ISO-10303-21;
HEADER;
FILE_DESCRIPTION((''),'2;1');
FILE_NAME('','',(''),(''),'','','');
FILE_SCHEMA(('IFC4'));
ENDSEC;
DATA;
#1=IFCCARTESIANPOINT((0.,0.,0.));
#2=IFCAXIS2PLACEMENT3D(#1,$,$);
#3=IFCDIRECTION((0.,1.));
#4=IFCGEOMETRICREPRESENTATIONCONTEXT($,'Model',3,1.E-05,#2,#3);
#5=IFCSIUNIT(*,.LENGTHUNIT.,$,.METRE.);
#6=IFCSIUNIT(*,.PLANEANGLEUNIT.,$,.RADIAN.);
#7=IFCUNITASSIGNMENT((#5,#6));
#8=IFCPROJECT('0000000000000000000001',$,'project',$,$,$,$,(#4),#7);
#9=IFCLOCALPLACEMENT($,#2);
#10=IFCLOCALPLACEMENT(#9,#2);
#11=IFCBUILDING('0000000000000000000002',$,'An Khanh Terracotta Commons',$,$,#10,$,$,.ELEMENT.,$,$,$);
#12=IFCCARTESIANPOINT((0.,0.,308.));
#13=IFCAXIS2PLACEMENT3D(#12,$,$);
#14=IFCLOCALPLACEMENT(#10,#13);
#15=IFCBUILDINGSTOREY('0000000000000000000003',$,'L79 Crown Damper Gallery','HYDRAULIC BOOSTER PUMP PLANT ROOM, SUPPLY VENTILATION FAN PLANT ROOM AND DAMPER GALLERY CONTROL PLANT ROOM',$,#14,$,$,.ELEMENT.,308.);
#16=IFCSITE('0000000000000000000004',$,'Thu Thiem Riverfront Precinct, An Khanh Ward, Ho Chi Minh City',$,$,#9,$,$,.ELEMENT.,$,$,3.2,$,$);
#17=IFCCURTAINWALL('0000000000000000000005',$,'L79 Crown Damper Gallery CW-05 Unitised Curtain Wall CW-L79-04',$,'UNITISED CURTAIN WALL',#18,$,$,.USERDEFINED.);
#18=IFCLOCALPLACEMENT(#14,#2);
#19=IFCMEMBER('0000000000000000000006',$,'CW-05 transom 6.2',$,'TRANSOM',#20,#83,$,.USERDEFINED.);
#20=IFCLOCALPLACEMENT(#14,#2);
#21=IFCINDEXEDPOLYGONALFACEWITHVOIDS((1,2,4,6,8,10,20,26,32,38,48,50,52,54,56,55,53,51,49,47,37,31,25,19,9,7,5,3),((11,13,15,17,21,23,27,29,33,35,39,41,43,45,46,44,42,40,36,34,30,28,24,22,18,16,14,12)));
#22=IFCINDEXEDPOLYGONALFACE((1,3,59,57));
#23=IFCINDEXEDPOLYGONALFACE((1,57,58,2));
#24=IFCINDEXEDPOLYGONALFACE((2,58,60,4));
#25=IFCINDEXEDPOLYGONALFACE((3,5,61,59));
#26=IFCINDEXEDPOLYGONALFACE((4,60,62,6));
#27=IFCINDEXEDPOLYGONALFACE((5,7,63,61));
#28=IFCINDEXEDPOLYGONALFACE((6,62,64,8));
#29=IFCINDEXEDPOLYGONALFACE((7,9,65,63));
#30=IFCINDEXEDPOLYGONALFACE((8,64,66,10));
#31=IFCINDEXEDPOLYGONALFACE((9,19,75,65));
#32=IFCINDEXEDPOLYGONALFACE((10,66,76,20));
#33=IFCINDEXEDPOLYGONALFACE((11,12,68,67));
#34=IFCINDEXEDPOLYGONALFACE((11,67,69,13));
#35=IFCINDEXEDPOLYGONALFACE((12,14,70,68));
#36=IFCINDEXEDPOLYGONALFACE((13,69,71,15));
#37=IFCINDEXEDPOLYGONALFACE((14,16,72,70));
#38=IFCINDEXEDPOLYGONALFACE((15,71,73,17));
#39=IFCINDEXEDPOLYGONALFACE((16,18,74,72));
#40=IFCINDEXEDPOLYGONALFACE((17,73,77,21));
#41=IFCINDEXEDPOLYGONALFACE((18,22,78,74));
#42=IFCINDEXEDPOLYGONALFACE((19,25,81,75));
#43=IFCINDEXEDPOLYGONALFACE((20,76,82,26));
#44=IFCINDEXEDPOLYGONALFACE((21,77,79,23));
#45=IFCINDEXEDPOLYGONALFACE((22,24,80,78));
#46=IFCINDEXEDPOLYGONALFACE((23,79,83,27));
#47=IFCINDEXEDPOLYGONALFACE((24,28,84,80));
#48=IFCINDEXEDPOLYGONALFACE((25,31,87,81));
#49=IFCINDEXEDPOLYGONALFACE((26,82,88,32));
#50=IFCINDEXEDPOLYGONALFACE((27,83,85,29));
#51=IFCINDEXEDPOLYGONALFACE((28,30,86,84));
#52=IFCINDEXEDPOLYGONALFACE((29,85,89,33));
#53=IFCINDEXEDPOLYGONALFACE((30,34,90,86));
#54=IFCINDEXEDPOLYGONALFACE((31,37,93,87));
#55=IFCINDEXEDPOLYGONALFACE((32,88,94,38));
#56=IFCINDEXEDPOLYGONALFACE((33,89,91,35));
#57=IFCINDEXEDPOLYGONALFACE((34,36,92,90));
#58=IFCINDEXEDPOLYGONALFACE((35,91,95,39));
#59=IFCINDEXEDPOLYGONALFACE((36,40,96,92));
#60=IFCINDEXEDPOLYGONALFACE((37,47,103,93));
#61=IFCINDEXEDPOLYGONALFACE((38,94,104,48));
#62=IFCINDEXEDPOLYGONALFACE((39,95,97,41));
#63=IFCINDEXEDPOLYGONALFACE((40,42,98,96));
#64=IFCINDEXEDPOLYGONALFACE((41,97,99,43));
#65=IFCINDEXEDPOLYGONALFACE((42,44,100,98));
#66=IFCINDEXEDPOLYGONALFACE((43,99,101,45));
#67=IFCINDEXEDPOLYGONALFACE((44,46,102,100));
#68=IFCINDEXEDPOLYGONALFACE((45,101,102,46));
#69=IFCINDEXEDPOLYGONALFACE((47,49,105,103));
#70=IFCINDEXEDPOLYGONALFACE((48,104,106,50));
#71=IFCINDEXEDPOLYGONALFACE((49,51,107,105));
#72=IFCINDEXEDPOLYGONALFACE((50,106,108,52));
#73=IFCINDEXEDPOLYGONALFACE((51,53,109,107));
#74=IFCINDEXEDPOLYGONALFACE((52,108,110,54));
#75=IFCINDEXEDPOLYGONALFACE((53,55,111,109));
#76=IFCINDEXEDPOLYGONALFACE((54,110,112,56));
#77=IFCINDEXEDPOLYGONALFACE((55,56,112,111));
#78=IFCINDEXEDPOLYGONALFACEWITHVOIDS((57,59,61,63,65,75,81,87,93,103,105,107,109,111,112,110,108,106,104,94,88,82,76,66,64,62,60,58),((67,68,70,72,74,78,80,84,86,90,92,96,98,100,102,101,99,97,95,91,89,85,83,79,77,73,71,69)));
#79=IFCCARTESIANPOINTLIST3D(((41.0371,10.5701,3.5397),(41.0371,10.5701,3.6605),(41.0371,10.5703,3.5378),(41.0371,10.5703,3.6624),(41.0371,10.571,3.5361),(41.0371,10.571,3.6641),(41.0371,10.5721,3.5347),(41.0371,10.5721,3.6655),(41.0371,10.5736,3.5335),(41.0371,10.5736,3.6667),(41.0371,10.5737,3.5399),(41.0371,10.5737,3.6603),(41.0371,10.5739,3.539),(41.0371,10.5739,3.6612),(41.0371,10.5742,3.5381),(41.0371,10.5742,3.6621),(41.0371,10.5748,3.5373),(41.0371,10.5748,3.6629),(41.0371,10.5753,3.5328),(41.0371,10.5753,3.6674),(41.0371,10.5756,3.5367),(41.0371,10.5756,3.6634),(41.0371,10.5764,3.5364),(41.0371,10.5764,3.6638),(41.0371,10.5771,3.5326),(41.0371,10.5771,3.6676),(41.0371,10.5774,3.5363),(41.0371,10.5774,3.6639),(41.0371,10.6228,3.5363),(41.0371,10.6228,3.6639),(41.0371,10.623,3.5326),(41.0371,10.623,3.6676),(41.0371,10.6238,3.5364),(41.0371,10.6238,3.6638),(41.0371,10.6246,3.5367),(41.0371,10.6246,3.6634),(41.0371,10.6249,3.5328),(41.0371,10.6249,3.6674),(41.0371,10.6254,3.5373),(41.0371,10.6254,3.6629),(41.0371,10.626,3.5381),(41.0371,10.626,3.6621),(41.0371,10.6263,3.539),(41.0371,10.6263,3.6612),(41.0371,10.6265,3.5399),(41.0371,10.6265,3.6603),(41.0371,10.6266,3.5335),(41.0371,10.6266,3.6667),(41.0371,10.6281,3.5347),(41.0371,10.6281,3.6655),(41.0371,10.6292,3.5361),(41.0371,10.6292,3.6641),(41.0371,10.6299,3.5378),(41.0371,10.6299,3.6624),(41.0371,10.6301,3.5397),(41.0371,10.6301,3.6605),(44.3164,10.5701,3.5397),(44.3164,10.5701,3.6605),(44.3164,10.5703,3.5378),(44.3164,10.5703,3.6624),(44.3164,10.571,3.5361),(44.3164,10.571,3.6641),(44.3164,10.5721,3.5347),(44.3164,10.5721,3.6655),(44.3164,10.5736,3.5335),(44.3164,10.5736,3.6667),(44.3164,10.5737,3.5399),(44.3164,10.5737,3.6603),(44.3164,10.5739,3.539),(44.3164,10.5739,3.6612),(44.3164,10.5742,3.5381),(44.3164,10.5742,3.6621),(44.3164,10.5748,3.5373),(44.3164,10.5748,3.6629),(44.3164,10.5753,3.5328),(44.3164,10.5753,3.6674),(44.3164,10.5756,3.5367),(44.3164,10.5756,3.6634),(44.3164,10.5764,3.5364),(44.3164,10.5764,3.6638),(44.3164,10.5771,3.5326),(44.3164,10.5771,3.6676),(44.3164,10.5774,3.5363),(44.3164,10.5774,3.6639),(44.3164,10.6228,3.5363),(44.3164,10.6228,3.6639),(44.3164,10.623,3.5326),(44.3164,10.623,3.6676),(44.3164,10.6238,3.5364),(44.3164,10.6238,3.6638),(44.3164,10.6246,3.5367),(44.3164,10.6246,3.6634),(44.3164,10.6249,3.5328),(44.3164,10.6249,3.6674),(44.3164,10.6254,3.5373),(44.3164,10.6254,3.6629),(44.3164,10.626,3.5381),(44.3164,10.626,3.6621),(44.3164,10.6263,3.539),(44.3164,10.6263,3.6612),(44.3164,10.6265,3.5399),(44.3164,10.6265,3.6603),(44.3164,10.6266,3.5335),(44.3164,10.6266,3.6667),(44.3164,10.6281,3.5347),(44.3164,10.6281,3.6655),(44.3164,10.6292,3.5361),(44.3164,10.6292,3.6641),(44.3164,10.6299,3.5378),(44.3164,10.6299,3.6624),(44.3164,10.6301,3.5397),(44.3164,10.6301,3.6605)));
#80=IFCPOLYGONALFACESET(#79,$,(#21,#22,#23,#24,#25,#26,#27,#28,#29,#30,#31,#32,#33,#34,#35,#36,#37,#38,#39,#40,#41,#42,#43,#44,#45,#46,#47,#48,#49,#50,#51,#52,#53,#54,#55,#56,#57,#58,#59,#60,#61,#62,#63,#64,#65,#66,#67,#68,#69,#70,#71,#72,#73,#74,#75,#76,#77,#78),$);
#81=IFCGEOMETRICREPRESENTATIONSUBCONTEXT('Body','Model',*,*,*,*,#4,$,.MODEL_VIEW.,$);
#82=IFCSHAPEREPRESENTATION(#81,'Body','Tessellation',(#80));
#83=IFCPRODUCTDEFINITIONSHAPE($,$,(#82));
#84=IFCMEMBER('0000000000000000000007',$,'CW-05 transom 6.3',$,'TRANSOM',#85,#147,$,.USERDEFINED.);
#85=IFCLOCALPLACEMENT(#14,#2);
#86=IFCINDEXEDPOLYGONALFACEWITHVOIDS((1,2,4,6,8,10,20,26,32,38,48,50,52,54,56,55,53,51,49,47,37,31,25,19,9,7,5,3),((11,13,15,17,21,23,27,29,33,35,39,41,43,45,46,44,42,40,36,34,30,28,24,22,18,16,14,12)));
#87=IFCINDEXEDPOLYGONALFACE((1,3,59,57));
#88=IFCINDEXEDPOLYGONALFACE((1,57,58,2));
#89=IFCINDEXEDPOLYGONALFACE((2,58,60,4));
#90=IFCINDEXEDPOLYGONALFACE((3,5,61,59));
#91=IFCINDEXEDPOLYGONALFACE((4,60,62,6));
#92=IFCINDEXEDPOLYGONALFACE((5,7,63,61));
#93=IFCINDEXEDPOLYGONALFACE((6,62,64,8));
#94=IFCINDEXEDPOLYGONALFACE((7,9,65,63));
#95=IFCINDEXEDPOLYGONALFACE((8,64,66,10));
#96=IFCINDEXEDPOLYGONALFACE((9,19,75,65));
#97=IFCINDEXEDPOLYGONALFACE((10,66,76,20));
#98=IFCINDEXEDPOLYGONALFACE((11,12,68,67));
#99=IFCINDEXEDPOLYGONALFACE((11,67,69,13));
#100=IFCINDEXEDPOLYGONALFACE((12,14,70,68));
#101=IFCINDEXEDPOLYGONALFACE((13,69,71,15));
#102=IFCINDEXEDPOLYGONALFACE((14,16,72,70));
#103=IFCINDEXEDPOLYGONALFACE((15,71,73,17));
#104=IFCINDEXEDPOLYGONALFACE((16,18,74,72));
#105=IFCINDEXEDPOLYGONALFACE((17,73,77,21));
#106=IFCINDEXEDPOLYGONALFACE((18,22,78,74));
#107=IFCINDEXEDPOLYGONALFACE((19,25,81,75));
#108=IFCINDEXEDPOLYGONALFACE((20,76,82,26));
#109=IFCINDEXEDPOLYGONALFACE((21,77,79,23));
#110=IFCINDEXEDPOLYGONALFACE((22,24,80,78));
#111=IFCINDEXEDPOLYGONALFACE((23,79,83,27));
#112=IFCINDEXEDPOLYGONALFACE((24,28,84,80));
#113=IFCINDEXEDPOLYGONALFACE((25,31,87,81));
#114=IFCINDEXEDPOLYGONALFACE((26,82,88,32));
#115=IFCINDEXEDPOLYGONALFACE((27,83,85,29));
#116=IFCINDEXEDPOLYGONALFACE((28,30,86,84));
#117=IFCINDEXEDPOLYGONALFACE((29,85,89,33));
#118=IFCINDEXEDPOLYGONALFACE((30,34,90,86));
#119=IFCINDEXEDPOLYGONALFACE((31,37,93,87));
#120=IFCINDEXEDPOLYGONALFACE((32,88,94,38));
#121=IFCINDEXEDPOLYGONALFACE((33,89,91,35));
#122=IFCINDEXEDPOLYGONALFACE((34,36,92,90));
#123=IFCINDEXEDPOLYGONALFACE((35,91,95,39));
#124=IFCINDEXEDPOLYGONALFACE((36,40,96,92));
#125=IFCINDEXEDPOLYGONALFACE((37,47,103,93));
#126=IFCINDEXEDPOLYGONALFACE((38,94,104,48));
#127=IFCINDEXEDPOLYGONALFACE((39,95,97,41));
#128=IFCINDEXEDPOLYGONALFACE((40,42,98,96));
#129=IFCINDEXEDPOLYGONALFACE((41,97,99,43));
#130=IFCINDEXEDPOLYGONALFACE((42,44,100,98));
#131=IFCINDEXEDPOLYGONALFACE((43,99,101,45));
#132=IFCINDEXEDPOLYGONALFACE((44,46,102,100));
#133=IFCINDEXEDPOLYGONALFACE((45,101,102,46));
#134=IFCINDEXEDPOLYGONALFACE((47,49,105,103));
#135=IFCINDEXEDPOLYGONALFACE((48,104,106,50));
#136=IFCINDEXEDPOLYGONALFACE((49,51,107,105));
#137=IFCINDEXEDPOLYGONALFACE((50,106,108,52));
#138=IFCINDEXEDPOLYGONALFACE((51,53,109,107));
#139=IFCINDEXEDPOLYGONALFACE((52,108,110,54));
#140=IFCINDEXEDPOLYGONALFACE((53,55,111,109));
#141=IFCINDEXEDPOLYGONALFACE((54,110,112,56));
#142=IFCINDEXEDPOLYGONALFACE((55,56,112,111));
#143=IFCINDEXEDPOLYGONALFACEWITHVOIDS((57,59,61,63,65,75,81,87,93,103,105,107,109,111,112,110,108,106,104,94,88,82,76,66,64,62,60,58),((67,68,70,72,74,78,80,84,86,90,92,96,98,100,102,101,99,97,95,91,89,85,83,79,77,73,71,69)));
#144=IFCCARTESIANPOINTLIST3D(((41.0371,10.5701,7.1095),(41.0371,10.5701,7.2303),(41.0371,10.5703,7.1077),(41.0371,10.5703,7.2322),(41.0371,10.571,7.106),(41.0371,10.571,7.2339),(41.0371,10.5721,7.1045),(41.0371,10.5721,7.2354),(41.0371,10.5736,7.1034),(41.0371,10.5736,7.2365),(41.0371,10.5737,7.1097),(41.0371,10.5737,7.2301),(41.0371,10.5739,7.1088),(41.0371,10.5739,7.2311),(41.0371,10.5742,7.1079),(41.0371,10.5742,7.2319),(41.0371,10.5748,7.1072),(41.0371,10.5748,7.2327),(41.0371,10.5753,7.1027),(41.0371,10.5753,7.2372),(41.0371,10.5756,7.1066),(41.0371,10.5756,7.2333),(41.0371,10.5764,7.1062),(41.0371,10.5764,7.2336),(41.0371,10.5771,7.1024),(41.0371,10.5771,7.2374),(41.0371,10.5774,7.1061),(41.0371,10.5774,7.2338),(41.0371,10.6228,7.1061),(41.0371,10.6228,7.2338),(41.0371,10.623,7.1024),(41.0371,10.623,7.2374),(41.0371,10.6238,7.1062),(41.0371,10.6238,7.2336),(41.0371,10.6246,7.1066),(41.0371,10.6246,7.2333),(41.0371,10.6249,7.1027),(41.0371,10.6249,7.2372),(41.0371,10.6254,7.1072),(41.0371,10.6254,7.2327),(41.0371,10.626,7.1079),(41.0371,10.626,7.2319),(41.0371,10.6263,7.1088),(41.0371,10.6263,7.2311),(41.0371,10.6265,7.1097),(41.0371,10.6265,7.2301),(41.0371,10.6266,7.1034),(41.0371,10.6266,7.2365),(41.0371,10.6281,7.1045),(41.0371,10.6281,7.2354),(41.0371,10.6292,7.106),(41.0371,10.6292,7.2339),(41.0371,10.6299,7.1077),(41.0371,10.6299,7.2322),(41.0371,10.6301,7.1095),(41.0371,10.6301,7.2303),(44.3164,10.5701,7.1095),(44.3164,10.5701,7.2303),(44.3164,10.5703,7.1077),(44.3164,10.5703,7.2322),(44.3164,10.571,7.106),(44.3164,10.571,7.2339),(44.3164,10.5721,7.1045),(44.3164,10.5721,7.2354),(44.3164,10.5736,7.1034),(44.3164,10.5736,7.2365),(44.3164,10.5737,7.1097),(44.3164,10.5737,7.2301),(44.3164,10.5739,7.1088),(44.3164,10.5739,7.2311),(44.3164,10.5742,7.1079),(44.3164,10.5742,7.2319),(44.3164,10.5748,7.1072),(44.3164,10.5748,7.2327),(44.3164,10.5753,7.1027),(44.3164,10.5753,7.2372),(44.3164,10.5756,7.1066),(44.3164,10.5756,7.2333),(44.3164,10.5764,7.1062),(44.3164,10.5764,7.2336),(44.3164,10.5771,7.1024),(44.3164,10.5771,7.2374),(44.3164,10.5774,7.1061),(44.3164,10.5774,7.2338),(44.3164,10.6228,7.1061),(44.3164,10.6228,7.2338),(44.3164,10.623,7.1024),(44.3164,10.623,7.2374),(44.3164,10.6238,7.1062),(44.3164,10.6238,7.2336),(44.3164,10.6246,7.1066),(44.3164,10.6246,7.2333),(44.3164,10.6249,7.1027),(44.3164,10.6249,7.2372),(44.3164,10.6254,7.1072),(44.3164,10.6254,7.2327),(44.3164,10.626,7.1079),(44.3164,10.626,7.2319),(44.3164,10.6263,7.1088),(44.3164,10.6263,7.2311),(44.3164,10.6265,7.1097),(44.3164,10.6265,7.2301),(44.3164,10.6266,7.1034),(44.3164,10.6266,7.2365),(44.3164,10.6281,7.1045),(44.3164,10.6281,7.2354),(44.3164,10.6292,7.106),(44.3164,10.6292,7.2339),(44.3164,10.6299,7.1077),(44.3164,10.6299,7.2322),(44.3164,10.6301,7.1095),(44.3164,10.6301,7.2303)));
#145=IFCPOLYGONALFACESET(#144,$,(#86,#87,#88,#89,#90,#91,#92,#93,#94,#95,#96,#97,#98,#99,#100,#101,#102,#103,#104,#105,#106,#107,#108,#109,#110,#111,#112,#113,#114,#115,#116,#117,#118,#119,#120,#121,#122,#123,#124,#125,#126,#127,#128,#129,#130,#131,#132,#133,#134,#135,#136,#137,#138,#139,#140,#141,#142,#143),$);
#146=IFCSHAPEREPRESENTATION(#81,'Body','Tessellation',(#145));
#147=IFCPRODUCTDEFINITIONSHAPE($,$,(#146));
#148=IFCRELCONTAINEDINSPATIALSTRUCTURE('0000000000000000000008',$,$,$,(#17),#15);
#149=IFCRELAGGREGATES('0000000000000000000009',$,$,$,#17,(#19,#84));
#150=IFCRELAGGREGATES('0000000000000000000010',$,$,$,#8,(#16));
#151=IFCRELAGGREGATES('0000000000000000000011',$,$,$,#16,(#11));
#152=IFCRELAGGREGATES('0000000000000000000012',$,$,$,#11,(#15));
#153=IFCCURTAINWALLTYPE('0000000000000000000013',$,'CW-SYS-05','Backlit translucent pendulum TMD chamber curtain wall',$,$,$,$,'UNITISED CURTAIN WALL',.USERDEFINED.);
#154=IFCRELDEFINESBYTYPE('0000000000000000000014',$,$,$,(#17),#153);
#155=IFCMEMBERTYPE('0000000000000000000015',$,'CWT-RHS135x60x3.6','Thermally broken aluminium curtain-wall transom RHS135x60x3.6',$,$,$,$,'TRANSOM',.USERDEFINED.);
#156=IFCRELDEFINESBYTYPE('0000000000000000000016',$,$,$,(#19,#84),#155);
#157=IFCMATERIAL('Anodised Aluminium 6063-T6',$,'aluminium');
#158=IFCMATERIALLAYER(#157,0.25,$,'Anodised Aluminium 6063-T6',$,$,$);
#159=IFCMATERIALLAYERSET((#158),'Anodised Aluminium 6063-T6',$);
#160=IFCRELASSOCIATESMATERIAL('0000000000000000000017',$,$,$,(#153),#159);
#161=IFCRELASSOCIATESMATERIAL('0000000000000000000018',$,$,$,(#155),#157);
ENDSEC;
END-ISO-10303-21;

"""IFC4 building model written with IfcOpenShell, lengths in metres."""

from ifc_helpers import new_model, si_unit, direction, frame, origin, origin_2d, place, context, subcontext, project, spatial, hollow_rectangle, extrude, material, layer, layer_set, material_profile, profile_set, type_object, element, aggregate, save


model = new_model("IFC4")

# Units and contexts
model_context = context("Model", 3, precision=1e-05, world=origin(), true_north=direction((0.0, 1.0)))
body_context = subcontext(model_context, "Body", "Model", "MODEL_VIEW")
ifc_project = project(units=[si_unit("LENGTHUNIT", "METRE"), si_unit("PLANEANGLEUNIT", "RADIAN")], contexts=[model_context])

# Site, building, storey
site_placement = place(None, origin())
site = spatial("IfcSite", under=ifc_project, at=site_placement, Name="Thu Thiem Riverfront Precinct, An Khanh Ward, Ho Chi Minh City", CompositionType="ELEMENT", RefElevation=3.2)
building_placement = place(site_placement, origin())
building = spatial("IfcBuilding", under=site, at=building_placement, Name="An Khanh Terracotta Commons", CompositionType="ELEMENT")
storey_placement = place(building_placement, frame((0.0, 0.0, 308.0)))
storey = spatial("IfcBuildingStorey", under=building, at=storey_placement, Name="L79 Crown Damper Gallery", Description="HYDRAULIC BOOSTER PUMP PLANT ROOM, SUPPLY VENTILATION FAN PLANT ROOM AND DAMPER GALLERY CONTROL PLANT ROOM", CompositionType="ELEMENT", Elevation=308.0)

# Curtain wall, members
ifc_material_1 = material(Name="Anodised Aluminium 6063-T6", Category="aluminium")
ifc_layer_1 = layer(ifc_material_1, 0.25, Name="Anodised Aluminium 6063-T6")
ifc_layer_set_1 = layer_set([ifc_layer_1], Name="Anodised Aluminium 6063-T6")
curtain_wall_type = type_object("IfcCurtainWallType", Name="CW-SYS-05", Description="Backlit translucent pendulum TMD chamber curtain wall", ElementType="UNITISED CURTAIN WALL", PredefinedType="USERDEFINED", material=ifc_layer_set_1)
curtain_wall_placement = place(storey_placement, origin())
curtain_wall = element("IfcCurtainWall", 1, at=curtain_wall_placement, inside=storey, type_object=curtain_wall_type, Name="L79 Crown Damper Gallery CW-05 Unitised Curtain Wall CW-L79-04", ObjectType="UNITISED CURTAIN WALL", PredefinedType="USERDEFINED")
ifc_material_profile_1 = material_profile(ifc_material_1, hollow_rectangle(XDim=0.0601, YDim=0.135, WallThickness=0.0037, InnerFilletRadius=0.0037, OuterFilletRadius=0.0071, at=origin_2d()), Name="RHS135x60x3.6")
ifc_profile_set_1 = profile_set([ifc_material_profile_1], Name="Anodised Aluminium 6063-T6")
member_type_1 = type_object("IfcMemberType", Name="CWT-RHS135x60x3.6", Description="Thermally broken aluminium curtain-wall transom RHS135x60x3.6", ElementType="TRANSOM", PredefinedType="USERDEFINED", material=ifc_profile_set_1)
member_1_placement = place(storey_placement, frame((41.0371, 10.6001, 3.6001), z_axis=(1.0, 0.0, 0.0), x_axis=(0.0, 1.0, 0.0)))
member_1 = element("IfcMember", 2, at=member_1_placement, type_object=member_type_1, Name="CW-05 transom 6.2", ObjectType="TRANSOM", PredefinedType="USERDEFINED", context=body_context, shape_type="SweptSolid", body=[
    extrude(hollow_rectangle(XDim=0.0601, YDim=0.135, WallThickness=0.0037, InnerFilletRadius=0.0037, OuterFilletRadius=0.0071, at=origin_2d()), origin(), (0.0, 0.0, 1.0), 3.2793),
])
member_2_placement = place(storey_placement, frame((41.0371, 10.6001, 7.1699), z_axis=(1.0, 0.0, 0.0), x_axis=(0.0, 1.0, 0.0)))
member_2 = element("IfcMember", 3, at=member_2_placement, type_object=member_type_1, Name="CW-05 transom 6.3", ObjectType="TRANSOM", PredefinedType="USERDEFINED", context=body_context, shape_type="SweptSolid", body=[
    extrude(hollow_rectangle(XDim=0.0601, YDim=0.135, WallThickness=0.0037, InnerFilletRadius=0.0037, OuterFilletRadius=0.0071, at=origin_2d()), origin(), (0.0, 0.0, 1.0), 3.2793),
])
aggregate(curtain_wall, [member_1, member_2])

save(model, "model.ifc")
